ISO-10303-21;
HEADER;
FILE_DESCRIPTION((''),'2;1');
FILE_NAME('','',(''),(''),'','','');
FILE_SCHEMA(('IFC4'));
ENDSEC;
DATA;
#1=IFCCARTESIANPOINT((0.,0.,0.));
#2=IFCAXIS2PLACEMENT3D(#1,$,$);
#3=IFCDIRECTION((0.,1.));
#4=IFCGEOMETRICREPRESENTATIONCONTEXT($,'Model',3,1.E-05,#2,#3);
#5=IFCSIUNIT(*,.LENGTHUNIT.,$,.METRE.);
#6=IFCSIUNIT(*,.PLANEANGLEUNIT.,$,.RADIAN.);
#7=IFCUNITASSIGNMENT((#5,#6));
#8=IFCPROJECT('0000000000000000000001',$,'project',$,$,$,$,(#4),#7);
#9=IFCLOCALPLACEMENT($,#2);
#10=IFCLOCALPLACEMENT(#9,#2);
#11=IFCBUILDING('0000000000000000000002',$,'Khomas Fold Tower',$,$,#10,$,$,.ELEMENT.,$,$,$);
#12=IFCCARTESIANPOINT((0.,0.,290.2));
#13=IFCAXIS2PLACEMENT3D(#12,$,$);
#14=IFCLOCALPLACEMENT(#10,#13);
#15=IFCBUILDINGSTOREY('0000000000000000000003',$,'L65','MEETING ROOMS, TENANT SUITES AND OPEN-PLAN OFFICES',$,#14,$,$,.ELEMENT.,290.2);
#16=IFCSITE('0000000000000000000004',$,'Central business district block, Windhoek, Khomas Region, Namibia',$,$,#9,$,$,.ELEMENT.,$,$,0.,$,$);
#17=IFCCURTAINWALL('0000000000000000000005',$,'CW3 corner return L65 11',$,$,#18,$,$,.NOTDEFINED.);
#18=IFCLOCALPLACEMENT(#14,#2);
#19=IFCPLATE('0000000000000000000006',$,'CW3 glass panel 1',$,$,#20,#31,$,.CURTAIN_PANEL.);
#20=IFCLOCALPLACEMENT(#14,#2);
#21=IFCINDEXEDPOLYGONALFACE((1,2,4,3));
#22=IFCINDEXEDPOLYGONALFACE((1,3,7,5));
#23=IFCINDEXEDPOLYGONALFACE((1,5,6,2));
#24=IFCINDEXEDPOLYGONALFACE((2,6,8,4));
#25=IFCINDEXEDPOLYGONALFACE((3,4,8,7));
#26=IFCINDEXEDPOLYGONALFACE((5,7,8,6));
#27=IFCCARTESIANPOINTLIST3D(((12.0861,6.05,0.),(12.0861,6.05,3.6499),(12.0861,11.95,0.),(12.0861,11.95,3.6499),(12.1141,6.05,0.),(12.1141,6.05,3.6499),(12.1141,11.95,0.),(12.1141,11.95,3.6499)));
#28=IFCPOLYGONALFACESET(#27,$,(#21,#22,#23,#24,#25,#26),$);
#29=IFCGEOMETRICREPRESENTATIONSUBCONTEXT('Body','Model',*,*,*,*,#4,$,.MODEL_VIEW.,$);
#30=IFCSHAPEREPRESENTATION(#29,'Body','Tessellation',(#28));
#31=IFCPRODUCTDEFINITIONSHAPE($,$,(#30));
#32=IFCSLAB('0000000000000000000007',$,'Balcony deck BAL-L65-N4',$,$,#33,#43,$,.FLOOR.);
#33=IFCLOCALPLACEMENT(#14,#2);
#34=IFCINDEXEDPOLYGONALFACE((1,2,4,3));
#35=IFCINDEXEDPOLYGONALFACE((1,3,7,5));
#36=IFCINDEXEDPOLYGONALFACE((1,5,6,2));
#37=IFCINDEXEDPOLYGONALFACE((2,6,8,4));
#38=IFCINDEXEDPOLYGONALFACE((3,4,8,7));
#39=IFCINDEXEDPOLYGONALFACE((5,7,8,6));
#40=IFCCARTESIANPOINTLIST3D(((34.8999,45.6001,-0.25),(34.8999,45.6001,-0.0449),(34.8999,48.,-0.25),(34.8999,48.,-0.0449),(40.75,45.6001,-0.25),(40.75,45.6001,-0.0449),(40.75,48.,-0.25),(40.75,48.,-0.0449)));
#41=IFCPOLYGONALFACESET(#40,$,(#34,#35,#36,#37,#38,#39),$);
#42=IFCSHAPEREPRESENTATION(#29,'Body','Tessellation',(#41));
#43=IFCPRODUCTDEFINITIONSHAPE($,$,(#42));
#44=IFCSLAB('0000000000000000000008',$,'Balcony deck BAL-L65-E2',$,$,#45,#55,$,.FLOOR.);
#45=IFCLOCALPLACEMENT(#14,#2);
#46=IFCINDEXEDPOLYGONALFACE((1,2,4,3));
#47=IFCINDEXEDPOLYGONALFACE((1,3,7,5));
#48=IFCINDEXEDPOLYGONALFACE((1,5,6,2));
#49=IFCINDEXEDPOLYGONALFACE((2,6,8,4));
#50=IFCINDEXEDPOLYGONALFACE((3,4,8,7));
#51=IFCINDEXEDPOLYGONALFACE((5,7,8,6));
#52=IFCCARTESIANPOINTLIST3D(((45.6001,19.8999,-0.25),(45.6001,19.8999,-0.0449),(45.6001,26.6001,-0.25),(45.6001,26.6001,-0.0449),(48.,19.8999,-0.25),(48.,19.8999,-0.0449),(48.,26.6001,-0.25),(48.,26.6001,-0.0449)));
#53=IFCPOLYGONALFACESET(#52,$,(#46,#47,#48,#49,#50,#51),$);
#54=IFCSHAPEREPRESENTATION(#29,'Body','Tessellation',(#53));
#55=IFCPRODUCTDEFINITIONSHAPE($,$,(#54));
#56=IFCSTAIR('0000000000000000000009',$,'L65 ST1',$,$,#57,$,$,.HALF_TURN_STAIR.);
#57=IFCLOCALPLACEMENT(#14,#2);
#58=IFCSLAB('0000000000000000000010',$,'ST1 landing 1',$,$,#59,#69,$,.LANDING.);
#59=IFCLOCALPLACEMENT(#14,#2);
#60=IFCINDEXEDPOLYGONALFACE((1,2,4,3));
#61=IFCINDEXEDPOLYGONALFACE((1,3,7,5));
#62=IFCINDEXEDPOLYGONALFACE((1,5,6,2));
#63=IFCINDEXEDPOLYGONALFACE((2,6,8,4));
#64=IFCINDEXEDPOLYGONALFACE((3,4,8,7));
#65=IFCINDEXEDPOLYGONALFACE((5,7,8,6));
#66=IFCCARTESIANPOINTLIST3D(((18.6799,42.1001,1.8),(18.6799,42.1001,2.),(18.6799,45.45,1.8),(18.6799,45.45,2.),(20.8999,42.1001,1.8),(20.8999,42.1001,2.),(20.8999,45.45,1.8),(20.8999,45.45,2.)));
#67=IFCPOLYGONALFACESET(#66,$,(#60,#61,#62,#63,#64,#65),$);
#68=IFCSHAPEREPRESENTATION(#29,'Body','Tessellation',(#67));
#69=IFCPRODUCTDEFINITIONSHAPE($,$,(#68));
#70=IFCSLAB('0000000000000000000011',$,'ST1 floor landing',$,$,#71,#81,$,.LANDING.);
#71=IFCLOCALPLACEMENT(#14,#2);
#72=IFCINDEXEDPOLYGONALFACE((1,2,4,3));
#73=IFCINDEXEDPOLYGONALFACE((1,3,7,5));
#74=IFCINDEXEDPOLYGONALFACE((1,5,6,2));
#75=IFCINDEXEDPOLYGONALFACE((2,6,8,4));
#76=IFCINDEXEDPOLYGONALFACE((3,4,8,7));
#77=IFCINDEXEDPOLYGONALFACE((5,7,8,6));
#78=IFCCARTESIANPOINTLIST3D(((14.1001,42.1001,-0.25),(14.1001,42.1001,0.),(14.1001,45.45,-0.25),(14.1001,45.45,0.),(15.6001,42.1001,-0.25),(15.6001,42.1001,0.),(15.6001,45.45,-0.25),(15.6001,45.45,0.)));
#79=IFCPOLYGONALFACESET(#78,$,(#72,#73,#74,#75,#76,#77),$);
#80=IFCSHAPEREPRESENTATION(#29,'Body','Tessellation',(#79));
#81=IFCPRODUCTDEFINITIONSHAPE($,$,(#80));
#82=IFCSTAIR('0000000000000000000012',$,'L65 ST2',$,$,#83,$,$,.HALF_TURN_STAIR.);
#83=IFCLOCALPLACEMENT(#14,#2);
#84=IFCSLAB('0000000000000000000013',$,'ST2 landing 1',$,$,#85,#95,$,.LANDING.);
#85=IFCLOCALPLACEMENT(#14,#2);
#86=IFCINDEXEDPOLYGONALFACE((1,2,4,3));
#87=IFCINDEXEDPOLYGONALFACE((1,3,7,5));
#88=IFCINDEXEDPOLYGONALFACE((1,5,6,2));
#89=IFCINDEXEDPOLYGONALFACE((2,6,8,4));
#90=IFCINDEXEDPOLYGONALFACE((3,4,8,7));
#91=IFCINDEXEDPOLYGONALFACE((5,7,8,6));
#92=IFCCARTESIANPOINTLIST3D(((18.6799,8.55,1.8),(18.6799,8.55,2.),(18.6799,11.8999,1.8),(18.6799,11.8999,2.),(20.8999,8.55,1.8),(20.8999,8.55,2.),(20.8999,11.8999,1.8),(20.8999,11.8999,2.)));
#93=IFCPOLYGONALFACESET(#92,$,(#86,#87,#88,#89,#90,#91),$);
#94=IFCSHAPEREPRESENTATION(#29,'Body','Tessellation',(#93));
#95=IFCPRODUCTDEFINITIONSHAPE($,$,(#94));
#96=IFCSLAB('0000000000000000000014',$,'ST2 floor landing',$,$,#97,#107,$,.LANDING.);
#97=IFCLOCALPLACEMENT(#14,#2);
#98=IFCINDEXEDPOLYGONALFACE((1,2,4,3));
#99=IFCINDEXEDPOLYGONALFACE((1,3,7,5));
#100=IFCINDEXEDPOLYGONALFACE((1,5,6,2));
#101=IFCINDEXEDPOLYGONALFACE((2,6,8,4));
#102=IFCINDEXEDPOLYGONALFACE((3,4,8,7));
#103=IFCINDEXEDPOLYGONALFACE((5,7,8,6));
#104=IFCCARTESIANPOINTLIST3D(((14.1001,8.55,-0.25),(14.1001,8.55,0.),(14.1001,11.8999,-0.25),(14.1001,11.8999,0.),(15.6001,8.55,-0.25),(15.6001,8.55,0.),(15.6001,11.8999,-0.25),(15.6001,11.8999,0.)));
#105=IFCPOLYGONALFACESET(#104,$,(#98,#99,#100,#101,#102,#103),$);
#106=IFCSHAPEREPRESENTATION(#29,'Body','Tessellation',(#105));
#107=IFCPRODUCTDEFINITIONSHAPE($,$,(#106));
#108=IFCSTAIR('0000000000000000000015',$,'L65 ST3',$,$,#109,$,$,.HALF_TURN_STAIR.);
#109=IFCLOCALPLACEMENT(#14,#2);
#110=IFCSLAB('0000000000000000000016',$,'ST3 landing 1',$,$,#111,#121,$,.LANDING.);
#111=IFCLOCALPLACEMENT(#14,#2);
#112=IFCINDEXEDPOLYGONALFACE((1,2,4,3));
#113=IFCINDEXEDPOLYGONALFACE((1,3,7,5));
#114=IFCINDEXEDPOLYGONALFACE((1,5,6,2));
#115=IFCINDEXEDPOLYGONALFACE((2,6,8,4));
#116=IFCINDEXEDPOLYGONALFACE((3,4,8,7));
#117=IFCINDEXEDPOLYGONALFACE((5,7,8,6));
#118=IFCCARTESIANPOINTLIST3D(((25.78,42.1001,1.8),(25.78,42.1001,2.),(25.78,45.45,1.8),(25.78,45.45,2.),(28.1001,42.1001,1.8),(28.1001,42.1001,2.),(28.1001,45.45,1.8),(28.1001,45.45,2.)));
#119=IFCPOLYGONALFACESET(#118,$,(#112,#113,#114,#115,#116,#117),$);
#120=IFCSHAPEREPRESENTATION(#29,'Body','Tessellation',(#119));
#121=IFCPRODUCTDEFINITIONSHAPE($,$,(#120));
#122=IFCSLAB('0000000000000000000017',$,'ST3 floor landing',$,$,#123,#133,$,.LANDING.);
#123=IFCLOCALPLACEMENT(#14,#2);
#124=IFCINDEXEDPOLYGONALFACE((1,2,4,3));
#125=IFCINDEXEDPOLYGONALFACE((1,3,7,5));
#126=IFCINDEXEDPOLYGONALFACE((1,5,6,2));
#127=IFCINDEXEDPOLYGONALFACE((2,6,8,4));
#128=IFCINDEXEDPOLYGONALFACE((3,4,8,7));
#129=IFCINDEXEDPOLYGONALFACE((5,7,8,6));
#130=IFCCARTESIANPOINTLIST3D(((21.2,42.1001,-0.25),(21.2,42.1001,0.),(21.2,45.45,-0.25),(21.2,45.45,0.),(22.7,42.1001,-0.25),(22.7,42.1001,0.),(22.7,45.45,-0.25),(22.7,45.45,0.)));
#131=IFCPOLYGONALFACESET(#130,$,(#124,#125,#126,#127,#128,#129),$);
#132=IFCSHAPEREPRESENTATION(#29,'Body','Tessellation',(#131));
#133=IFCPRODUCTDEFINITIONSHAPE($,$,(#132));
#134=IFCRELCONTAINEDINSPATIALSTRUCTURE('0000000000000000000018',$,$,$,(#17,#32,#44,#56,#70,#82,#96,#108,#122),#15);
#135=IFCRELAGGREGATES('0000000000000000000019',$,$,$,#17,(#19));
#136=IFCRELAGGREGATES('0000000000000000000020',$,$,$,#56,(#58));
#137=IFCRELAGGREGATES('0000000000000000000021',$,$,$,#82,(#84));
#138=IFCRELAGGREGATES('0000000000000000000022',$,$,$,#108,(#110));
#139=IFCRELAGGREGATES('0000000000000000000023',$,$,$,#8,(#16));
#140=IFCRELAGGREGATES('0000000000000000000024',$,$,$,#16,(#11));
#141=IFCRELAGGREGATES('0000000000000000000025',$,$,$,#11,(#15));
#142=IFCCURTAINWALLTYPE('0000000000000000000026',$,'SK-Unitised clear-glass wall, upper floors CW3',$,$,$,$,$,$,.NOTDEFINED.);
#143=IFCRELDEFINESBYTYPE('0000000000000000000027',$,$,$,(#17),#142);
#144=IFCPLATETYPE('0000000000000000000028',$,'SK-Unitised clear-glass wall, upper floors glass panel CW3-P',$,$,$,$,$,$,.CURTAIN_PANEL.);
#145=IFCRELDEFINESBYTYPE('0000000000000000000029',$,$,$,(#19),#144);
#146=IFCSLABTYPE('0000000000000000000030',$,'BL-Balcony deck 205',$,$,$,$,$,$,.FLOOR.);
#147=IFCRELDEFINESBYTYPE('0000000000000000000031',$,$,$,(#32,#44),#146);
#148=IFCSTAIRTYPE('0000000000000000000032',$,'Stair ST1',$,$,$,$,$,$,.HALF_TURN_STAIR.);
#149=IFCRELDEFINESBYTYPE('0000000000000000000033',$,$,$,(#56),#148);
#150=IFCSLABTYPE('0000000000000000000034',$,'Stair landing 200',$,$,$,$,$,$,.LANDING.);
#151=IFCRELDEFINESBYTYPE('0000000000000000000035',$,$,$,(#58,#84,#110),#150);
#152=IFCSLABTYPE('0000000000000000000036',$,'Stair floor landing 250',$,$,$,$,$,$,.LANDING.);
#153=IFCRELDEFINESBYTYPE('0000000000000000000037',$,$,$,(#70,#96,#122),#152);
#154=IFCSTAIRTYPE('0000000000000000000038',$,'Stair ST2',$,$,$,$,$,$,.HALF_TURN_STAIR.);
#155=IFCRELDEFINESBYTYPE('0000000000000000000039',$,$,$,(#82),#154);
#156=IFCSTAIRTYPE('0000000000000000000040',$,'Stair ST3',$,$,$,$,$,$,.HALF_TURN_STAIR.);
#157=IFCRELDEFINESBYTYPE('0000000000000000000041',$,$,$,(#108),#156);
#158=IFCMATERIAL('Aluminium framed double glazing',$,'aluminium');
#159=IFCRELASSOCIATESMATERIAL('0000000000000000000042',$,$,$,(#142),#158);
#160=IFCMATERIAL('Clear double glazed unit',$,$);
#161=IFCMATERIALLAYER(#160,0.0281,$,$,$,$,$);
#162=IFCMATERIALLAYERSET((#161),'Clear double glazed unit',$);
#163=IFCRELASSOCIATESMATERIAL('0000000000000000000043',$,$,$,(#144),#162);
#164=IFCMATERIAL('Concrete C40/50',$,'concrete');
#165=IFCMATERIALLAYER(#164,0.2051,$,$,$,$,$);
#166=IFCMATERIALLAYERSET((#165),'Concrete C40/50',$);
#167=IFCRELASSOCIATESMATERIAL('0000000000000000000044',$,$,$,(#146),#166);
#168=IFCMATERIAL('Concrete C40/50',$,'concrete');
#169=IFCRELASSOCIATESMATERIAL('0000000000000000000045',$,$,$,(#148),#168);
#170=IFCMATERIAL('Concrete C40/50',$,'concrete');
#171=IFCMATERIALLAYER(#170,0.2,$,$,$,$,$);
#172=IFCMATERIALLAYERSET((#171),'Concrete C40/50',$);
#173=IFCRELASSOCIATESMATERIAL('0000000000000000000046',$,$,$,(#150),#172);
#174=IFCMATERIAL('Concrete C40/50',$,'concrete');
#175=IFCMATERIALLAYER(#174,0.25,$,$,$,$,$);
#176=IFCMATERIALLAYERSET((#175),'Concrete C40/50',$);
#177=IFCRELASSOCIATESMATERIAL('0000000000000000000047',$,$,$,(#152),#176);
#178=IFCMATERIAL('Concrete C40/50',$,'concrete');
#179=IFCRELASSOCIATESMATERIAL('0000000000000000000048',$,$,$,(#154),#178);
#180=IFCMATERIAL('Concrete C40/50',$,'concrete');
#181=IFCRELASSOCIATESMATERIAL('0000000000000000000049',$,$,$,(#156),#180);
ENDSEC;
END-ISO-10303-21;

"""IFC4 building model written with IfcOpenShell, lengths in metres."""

from ifc_helpers import new_model, si_unit, direction, frame, origin, origin_2d, place, context, subcontext, project, spatial, polyline, rectangle, outline, extrude, source, transform, mapped, material, layer, layer_set, type_object, element, aggregate, save


model = new_model("IFC4")

# Units and contexts
model_context = context("Model", 3, precision=1e-05, world=origin(), true_north=direction((0.0, 1.0)))
body_context = subcontext(model_context, "Body", "Model", "MODEL_VIEW")
ifc_project = project(units=[si_unit("LENGTHUNIT", "METRE"), si_unit("PLANEANGLEUNIT", "RADIAN")], contexts=[model_context])

# Site, building, storey
site_placement = place(None, origin())
site = spatial("IfcSite", under=ifc_project, at=site_placement, Name="Central business district block, Windhoek, Khomas Region, Namibia", CompositionType="ELEMENT", RefElevation=0.0)
building_placement = place(site_placement, origin())
building = spatial("IfcBuilding", under=site, at=building_placement, Name="Khomas Fold Tower", CompositionType="ELEMENT")
storey_placement = place(building_placement, frame((0.0, 0.0, 290.2)))
storey = spatial("IfcBuildingStorey", under=building, at=storey_placement, Name="L65", Description="MEETING ROOMS, TENANT SUITES AND OPEN-PLAN OFFICES", CompositionType="ELEMENT", Elevation=290.2)

# Shared definitions
ifc_material_1 = material(Name="Aluminium framed double glazing", Category="aluminium")
curtain_wall_type = type_object("IfcCurtainWallType", Name="SK-Unitised clear-glass wall, upper floors CW3", PredefinedType="NOTDEFINED", material=ifc_material_1)

# Curtain wall
curtain_wall_1_placement = place(storey_placement, origin())
curtain_wall_1 = element("IfcCurtainWall", 1, at=curtain_wall_1_placement, inside=storey, type_object=curtain_wall_type, Name="CW3 corner return L65 11", PredefinedType="NOTDEFINED")

# Plate
ifc_material_2 = material(Name="Clear double glazed unit")
ifc_layer_1 = layer(ifc_material_2, 0.0281)
ifc_layer_set_1 = layer_set([ifc_layer_1], Name="Clear double glazed unit")
plate_type = type_object("IfcPlateType", Name="SK-Unitised clear-glass wall, upper floors glass panel CW3-P", PredefinedType="CURTAIN_PANEL", material=ifc_layer_set_1)
shared_shape_1 = source(origin(), body_context, "Body", "SweptSolid", [
    extrude(rectangle(XDim=5.8999, YDim=0.0281, at=origin_2d()), origin(), (0.0, 0.0, 1.0), 3.6499),
])
plate_1_placement = place(storey_placement, frame((12.1001, 9.0, 0.0), z_axis=(0.0, 0.0, 1.0), x_axis=(0.0, -1.0, 0.0)))
plate_1 = element("IfcPlate", 2, at=plate_1_placement, type_object=plate_type, Name="CW3 glass panel 1", PredefinedType="CURTAIN_PANEL", context=body_context, shape_type="MappedRepresentation", body=[
    mapped(shared_shape_1, transform((0.0, 0.0, 0.0))),
])
aggregate(curtain_wall_1, [plate_1])

# Slabs
ifc_material_3 = material(Name="Concrete C40/50", Category="concrete")
ifc_layer_2 = layer(ifc_material_3, 0.2051)
ifc_layer_set_2 = layer_set([ifc_layer_2], Name="Concrete C40/50")
slab_type_1 = type_object("IfcSlabType", Name="BL-Balcony deck 205", PredefinedType="FLOOR", material=ifc_layer_set_2)
shared_shape_2 = source(origin(), body_context, "Body", "SweptSolid", [
    extrude(outline(polyline([(34.8999, 45.6001), (40.75, 45.6001), (40.75, 48.0), (34.8999, 48.0), (34.8999, 45.6001)])), origin(), (0.0, 0.0, 1.0), 0.2051),
])
slab_1_placement = place(storey_placement, frame((0.0, 0.0, -0.25)))
element("IfcSlab", 3, at=slab_1_placement, inside=storey, type_object=slab_type_1, Name="Balcony deck BAL-L65-N4", PredefinedType="FLOOR", context=body_context, shape_type="MappedRepresentation", body=[
    mapped(shared_shape_2, transform((0.0, 0.0, 0.0))),
])
shared_shape_3 = source(origin(), body_context, "Body", "SweptSolid", [
    extrude(outline(polyline([(45.6001, 19.8999), (48.0, 19.8999), (48.0, 26.6001), (45.6001, 26.6001), (45.6001, 19.8999)])), origin(), (0.0, 0.0, 1.0), 0.2051),
])
slab_2_placement = place(storey_placement, frame((0.0, 0.0, -0.25)))
element("IfcSlab", 4, at=slab_2_placement, inside=storey, type_object=slab_type_1, Name="Balcony deck BAL-L65-E2", PredefinedType="FLOOR", context=body_context, shape_type="MappedRepresentation", body=[
    mapped(shared_shape_3, transform((0.0, 0.0, 0.0))),
])

# Stair, slab
ifc_material_4 = material(Name="Concrete C40/50", Category="concrete")
stair_type_1 = type_object("IfcStairType", Name="Stair ST1", PredefinedType="HALF_TURN_STAIR", material=ifc_material_4)
stair_1_placement = place(storey_placement, origin())
stair_1 = element("IfcStair", 5, at=stair_1_placement, inside=storey, type_object=stair_type_1, Name="L65 ST1", PredefinedType="HALF_TURN_STAIR")
ifc_material_5 = material(Name="Concrete C40/50", Category="concrete")
ifc_layer_3 = layer(ifc_material_5, 0.2)
ifc_layer_set_3 = layer_set([ifc_layer_3], Name="Concrete C40/50")
slab_type_2 = type_object("IfcSlabType", Name="Stair landing 200", PredefinedType="LANDING", material=ifc_layer_set_3)
shared_shape_4 = source(origin(), body_context, "Body", "SweptSolid", [
    extrude(outline(polyline([(18.6799, 42.1001), (20.8999, 42.1001), (20.8999, 45.45), (18.6799, 45.45), (18.6799, 42.1001)])), origin(), (0.0, 0.0, 1.0), 0.2),
])
slab_3_placement = place(storey_placement, frame((0.0, 0.0, 1.8)))
slab_3 = element("IfcSlab", 6, at=slab_3_placement, type_object=slab_type_2, Name="ST1 landing 1", PredefinedType="LANDING", context=body_context, shape_type="MappedRepresentation", body=[
    mapped(shared_shape_4, transform((0.0, 0.0, 0.0))),
])
aggregate(stair_1, [slab_3])

# Slab
ifc_material_6 = material(Name="Concrete C40/50", Category="concrete")
ifc_layer_4 = layer(ifc_material_6, 0.25)
ifc_layer_set_4 = layer_set([ifc_layer_4], Name="Concrete C40/50")
slab_type_3 = type_object("IfcSlabType", Name="Stair floor landing 250", PredefinedType="LANDING", material=ifc_layer_set_4)
shared_shape_5 = source(origin(), body_context, "Body", "SweptSolid", [
    extrude(outline(polyline([(15.6001, 42.1001), (14.1001, 42.1001), (14.1001, 45.45), (15.6001, 45.45), (15.6001, 42.1001)])), origin(), (0.0, 0.0, 1.0), 0.25),
])
slab_4_placement = place(storey_placement, frame((0.0, 0.0, -0.25)))
element("IfcSlab", 7, at=slab_4_placement, inside=storey, type_object=slab_type_3, Name="ST1 floor landing", PredefinedType="LANDING", context=body_context, shape_type="MappedRepresentation", body=[
    mapped(shared_shape_5, transform((0.0, 0.0, 0.0))),
])

# Stair, slab
ifc_material_7 = material(Name="Concrete C40/50", Category="concrete")
stair_type_2 = type_object("IfcStairType", Name="Stair ST2", PredefinedType="HALF_TURN_STAIR", material=ifc_material_7)
stair_2_placement = place(storey_placement, origin())
stair_2 = element("IfcStair", 8, at=stair_2_placement, inside=storey, type_object=stair_type_2, Name="L65 ST2", PredefinedType="HALF_TURN_STAIR")
shared_shape_6 = source(origin(), body_context, "Body", "SweptSolid", [
    extrude(outline(polyline([(18.6799, 8.55), (20.8999, 8.55), (20.8999, 11.8999), (18.6799, 11.8999), (18.6799, 8.55)])), origin(), (0.0, 0.0, 1.0), 0.2),
])
slab_5_placement = place(storey_placement, frame((0.0, 0.0, 1.8)))
slab_5 = element("IfcSlab", 9, at=slab_5_placement, type_object=slab_type_2, Name="ST2 landing 1", PredefinedType="LANDING", context=body_context, shape_type="MappedRepresentation", body=[
    mapped(shared_shape_6, transform((0.0, 0.0, 0.0))),
])
aggregate(stair_2, [slab_5])

# Slab
shared_shape_7 = source(origin(), body_context, "Body", "SweptSolid", [
    extrude(outline(polyline([(15.6001, 8.55), (14.1001, 8.55), (14.1001, 11.8999), (15.6001, 11.8999), (15.6001, 8.55)])), origin(), (0.0, 0.0, 1.0), 0.25),
])
slab_6_placement = place(storey_placement, frame((0.0, 0.0, -0.25)))
element("IfcSlab", 10, at=slab_6_placement, inside=storey, type_object=slab_type_3, Name="ST2 floor landing", PredefinedType="LANDING", context=body_context, shape_type="MappedRepresentation", body=[
    mapped(shared_shape_7, transform((0.0, 0.0, 0.0))),
])

# Stair, slab
ifc_material_8 = material(Name="Concrete C40/50", Category="concrete")
stair_type_3 = type_object("IfcStairType", Name="Stair ST3", PredefinedType="HALF_TURN_STAIR", material=ifc_material_8)
stair_3_placement = place(storey_placement, origin())
stair_3 = element("IfcStair", 11, at=stair_3_placement, inside=storey, type_object=stair_type_3, Name="L65 ST3", PredefinedType="HALF_TURN_STAIR")
shared_shape_8 = source(origin(), body_context, "Body", "SweptSolid", [
    extrude(outline(polyline([(25.78, 42.1001), (28.1001, 42.1001), (28.1001, 45.45), (25.78, 45.45), (25.78, 42.1001)])), origin(), (0.0, 0.0, 1.0), 0.2),
])
slab_7_placement = place(storey_placement, frame((0.0, 0.0, 1.8)))
slab_7 = element("IfcSlab", 12, at=slab_7_placement, type_object=slab_type_2, Name="ST3 landing 1", PredefinedType="LANDING", context=body_context, shape_type="MappedRepresentation", body=[
    mapped(shared_shape_8, transform((0.0, 0.0, 0.0))),
])
aggregate(stair_3, [slab_7])

# Slab
shared_shape_9 = source(origin(), body_context, "Body", "SweptSolid", [
    extrude(outline(polyline([(22.7, 42.1001), (21.2, 42.1001), (21.2, 45.45), (22.7, 45.45), (22.7, 42.1001)])), origin(), (0.0, 0.0, 1.0), 0.25),
])
slab_8_placement = place(storey_placement, frame((0.0, 0.0, -0.25)))
element("IfcSlab", 13, at=slab_8_placement, inside=storey, type_object=slab_type_3, Name="ST3 floor landing", PredefinedType="LANDING", context=body_context, shape_type="MappedRepresentation", body=[
    mapped(shared_shape_9, transform((0.0, 0.0, 0.0))),
])

save(model, "model.ifc")
